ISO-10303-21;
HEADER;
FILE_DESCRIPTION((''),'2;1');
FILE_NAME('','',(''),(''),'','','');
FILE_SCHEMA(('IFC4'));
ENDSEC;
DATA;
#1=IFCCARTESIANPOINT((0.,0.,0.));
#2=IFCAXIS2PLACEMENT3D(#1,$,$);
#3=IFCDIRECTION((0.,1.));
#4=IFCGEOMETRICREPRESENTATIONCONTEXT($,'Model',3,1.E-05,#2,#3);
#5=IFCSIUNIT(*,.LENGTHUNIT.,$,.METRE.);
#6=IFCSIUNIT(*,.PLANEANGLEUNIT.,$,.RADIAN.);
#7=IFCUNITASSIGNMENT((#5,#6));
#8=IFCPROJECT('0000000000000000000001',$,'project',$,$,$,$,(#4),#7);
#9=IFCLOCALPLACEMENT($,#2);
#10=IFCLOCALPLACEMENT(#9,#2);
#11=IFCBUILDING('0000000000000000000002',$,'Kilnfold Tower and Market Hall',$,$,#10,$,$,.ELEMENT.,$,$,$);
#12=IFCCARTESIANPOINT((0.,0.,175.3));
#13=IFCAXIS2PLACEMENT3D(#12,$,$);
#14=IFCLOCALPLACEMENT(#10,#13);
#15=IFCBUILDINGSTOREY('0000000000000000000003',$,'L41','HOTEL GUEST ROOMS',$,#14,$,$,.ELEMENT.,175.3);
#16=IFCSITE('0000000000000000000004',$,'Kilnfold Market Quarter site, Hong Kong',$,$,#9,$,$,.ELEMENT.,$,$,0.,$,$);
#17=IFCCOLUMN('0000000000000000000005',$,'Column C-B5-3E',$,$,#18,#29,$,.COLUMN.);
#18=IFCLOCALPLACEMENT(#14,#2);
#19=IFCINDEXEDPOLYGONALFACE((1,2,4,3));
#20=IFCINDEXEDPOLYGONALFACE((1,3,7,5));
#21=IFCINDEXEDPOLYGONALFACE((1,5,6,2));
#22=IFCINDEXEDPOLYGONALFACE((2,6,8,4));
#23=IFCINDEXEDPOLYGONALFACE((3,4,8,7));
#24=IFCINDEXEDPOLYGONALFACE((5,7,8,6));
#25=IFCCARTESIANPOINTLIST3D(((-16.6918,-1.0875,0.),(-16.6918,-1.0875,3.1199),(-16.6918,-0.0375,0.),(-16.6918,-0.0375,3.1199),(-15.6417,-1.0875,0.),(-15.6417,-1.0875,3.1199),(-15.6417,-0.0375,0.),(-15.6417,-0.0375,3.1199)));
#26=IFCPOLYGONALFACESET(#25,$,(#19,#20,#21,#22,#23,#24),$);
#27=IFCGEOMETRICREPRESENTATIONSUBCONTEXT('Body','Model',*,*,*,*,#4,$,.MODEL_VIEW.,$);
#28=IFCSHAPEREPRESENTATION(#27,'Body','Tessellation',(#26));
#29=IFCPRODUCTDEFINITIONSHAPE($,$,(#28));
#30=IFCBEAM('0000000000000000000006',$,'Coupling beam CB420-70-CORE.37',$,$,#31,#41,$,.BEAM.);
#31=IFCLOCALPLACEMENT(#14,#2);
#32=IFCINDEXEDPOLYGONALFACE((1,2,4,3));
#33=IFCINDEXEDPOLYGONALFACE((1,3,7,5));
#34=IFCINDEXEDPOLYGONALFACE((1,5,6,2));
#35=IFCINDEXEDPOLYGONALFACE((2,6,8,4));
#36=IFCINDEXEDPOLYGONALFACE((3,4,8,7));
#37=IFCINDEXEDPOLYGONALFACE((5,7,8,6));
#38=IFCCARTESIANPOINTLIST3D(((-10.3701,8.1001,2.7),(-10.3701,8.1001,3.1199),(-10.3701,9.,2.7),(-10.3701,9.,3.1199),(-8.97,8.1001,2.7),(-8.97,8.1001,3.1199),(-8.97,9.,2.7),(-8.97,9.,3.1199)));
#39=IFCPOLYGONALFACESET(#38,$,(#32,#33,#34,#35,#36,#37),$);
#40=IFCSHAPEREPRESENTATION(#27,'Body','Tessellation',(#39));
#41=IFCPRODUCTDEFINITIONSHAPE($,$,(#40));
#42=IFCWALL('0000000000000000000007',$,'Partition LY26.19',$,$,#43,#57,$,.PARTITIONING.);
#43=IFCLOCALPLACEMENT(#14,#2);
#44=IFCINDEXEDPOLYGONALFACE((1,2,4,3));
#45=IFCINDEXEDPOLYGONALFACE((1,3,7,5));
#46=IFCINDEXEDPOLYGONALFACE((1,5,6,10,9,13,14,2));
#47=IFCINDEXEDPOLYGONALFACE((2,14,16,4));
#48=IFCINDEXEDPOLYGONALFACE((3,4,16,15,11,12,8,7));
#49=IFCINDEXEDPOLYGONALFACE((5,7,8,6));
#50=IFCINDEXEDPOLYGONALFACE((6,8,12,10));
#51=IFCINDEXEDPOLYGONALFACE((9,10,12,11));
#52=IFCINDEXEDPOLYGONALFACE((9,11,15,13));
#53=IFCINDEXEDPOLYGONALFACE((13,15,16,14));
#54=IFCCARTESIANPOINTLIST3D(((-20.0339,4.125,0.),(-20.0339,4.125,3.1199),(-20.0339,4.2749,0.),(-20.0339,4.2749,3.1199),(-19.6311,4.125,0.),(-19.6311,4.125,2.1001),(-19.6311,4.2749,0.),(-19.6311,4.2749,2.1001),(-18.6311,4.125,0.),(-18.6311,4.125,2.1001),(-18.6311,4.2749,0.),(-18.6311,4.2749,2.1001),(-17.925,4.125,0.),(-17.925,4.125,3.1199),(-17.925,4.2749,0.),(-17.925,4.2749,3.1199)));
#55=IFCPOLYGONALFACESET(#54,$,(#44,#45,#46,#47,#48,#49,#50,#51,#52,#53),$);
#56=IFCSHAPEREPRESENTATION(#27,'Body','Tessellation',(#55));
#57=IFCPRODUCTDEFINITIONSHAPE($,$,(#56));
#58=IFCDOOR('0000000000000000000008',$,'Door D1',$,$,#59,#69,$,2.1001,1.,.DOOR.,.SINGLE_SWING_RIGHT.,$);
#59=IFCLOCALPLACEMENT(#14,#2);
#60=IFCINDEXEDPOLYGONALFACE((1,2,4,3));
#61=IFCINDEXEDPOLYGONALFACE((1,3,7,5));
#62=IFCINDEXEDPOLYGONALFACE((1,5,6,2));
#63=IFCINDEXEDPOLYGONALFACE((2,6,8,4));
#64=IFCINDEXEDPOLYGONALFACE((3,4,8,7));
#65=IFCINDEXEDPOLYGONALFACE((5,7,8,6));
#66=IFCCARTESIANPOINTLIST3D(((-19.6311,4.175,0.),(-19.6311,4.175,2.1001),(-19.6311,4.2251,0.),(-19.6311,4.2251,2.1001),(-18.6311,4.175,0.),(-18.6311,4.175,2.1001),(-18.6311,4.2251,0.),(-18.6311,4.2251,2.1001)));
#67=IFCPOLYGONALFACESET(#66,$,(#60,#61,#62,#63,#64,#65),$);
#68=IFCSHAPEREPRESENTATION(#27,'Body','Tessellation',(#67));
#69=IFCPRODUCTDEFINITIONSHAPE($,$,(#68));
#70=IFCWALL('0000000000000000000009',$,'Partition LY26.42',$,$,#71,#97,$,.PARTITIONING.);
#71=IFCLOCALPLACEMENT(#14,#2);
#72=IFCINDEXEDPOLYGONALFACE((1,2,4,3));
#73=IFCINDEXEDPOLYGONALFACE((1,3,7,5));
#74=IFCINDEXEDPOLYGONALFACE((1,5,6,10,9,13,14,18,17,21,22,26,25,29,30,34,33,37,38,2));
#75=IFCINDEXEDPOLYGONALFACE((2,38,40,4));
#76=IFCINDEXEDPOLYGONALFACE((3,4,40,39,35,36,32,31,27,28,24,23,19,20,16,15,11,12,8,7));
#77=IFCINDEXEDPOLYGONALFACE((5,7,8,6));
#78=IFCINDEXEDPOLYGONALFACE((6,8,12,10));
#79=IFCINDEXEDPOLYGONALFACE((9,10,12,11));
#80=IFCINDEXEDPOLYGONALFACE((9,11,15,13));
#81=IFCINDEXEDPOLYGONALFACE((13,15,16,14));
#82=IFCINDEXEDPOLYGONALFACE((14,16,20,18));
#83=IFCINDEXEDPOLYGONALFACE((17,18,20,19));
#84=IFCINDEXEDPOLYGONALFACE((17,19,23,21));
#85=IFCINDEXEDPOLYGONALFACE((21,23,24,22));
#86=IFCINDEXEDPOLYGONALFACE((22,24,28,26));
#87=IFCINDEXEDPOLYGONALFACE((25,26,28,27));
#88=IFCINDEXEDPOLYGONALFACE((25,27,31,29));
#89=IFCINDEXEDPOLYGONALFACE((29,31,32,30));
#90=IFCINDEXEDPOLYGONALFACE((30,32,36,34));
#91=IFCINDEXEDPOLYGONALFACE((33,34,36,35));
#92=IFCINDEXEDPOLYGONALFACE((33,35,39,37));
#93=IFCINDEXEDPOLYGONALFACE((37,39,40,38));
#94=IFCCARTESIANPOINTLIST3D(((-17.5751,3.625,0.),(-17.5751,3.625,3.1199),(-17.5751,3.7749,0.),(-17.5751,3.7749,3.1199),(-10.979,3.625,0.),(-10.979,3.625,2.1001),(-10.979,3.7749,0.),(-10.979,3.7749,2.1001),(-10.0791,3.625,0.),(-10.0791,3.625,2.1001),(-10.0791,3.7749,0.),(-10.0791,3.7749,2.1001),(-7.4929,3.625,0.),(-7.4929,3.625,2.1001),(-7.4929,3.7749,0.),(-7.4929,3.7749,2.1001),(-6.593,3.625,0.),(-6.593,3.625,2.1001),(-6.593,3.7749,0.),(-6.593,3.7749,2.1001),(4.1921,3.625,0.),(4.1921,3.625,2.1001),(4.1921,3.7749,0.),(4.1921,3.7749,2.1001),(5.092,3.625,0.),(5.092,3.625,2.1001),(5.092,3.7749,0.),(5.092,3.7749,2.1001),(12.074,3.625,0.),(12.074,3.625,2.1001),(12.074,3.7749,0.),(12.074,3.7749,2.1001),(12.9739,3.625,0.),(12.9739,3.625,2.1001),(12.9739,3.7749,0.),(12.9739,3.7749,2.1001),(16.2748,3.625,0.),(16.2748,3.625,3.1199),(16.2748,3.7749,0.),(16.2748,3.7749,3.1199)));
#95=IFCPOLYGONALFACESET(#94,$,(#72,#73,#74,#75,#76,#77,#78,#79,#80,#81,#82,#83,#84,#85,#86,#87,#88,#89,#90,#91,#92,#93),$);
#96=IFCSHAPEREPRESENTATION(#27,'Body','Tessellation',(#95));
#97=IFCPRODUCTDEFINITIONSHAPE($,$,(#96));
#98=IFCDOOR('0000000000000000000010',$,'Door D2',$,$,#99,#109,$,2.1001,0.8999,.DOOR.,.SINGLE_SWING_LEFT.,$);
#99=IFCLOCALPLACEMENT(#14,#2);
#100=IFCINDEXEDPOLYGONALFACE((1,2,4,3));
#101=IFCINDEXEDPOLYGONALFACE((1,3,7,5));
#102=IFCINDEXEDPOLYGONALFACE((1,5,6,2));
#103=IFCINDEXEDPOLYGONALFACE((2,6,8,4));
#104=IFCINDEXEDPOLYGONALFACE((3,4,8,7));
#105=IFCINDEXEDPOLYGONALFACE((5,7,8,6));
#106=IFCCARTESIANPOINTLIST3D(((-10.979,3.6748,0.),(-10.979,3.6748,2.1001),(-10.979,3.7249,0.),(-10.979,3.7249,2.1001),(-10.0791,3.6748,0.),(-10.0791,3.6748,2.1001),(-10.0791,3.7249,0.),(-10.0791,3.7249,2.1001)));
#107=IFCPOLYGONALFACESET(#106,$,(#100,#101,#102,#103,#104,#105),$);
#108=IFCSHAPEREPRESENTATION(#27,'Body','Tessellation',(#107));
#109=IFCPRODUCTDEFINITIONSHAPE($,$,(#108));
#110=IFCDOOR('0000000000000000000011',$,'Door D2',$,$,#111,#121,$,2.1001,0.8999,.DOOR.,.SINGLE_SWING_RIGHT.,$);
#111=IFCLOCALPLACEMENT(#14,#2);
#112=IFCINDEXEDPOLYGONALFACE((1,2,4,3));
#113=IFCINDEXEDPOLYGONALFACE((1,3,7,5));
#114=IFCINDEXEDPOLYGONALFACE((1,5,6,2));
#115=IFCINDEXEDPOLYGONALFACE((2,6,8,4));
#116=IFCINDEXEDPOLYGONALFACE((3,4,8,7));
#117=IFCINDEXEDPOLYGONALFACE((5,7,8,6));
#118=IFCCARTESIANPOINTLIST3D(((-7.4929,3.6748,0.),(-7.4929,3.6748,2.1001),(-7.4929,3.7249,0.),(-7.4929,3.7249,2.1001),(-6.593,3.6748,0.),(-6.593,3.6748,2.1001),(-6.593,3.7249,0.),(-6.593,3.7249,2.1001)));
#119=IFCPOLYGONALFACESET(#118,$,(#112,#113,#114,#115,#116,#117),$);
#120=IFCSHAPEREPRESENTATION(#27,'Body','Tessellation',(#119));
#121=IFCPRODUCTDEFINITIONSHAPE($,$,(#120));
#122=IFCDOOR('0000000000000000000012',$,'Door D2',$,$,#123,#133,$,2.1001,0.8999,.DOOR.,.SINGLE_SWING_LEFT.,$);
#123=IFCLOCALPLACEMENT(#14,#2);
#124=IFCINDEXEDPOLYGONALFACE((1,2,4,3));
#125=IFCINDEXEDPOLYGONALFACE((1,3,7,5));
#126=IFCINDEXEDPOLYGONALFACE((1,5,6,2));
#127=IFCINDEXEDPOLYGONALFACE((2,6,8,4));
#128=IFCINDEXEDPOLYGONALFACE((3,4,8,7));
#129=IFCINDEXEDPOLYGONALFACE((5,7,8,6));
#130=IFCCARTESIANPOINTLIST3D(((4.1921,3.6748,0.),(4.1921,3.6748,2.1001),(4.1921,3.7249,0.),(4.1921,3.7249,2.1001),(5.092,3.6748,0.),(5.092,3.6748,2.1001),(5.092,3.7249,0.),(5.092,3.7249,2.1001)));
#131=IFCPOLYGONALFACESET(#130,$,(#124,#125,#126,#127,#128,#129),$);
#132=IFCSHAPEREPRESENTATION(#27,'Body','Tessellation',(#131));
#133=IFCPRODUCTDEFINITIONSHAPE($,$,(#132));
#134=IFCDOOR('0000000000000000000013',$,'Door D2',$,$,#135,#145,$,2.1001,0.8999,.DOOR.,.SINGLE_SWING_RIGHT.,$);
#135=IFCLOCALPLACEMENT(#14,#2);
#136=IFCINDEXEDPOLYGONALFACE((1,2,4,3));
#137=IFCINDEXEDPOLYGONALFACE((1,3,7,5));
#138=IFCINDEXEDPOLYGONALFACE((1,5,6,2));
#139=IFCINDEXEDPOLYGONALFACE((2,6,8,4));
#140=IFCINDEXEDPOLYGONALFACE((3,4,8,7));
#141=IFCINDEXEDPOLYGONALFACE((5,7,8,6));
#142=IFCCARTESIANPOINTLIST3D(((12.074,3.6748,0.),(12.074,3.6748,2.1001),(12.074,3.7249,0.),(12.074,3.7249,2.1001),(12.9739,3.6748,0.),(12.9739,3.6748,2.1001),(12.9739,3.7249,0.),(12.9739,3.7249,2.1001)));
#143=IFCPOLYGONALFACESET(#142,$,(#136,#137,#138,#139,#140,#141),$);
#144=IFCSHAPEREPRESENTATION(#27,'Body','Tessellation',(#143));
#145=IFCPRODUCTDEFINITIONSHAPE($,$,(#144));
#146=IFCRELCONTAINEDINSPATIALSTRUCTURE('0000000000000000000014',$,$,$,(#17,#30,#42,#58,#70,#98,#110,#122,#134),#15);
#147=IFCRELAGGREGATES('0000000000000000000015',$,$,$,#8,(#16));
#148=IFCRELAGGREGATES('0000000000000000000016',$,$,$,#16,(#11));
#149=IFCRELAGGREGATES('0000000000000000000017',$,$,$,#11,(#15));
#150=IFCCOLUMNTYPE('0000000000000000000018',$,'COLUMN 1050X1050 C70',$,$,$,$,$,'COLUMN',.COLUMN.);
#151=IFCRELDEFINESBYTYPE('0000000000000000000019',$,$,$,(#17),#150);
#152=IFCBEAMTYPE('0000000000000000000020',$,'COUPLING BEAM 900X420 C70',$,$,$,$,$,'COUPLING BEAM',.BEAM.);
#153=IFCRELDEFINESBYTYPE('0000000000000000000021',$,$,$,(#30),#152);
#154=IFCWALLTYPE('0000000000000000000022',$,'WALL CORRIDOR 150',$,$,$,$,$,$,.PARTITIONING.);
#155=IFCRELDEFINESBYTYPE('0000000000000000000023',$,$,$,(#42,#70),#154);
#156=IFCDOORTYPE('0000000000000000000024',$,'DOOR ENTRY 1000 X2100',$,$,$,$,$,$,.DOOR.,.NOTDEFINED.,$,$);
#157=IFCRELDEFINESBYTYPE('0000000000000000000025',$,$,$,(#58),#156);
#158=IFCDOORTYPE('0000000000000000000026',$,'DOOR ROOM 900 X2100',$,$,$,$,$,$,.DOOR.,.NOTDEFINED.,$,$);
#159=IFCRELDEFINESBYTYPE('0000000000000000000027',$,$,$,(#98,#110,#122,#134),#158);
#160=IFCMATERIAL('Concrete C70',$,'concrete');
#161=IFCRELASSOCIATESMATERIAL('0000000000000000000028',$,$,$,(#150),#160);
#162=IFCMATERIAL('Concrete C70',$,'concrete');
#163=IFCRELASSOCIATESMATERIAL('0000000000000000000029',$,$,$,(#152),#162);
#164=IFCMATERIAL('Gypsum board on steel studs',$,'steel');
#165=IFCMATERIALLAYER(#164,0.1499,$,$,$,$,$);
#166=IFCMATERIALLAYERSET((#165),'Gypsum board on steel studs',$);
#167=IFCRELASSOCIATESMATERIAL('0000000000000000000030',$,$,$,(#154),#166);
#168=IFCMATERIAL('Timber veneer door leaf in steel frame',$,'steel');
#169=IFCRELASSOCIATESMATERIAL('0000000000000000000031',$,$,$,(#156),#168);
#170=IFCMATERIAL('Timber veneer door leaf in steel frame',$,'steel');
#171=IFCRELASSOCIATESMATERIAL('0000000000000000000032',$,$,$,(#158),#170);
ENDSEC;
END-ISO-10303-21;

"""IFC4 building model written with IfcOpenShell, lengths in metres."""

from ifc_helpers import new_model, si_unit, direction, frame, frame_2d, origin, origin_2d, place, context, subcontext, project, spatial, rectangle, extrude, source, transform, mapped, material, layer, layer_set, material_profile, profile_set, type_object, element, fill, save


model = new_model("IFC4")

# Units and contexts
model_context = context("Model", 3, precision=1e-05, world=origin(), true_north=direction((0.0, 1.0)))
body_context = subcontext(model_context, "Body", "Model", "MODEL_VIEW")
ifc_project = project(units=[si_unit("LENGTHUNIT", "METRE"), si_unit("PLANEANGLEUNIT", "RADIAN")], contexts=[model_context])

# Site, building, storey
site_placement = place(None, origin())
site = spatial("IfcSite", under=ifc_project, at=site_placement, Name="Kilnfold Market Quarter site, Hong Kong", CompositionType="ELEMENT", RefElevation=0.0)
building_placement = place(site_placement, origin())
building = spatial("IfcBuilding", under=site, at=building_placement, Name="Kilnfold Tower and Market Hall", CompositionType="ELEMENT")
storey_placement = place(building_placement, frame((0.0, 0.0, 175.3)))
storey = spatial("IfcBuildingStorey", under=building, at=storey_placement, Name="L41", Description="HOTEL GUEST ROOMS", CompositionType="ELEMENT", Elevation=175.3)

# Column
ifc_material_1 = material(Name="Concrete C70", Category="concrete")
ifc_material_profile_1 = material_profile(ifc_material_1, rectangle(XDim=1.05, YDim=1.05, at=origin_2d()), Name="RC 1050x1050")
ifc_profile_set_1 = profile_set([ifc_material_profile_1], Name="Concrete C70")
column_type = type_object("IfcColumnType", Name="COLUMN 1050X1050 C70", ElementType="COLUMN", PredefinedType="COLUMN", material=ifc_profile_set_1)
shared_shape_1 = source(origin(), body_context, "Body", "SweptSolid", [
    extrude(rectangle(XDim=1.05, YDim=1.05, at=origin_2d()), origin(), (0.0, 0.0, 1.0), 3.1199),
])
column_placement = place(storey_placement, frame((-16.1667, -0.5625, 0.0), z_axis=(0.0, 0.0, 1.0), x_axis=(1.0, 0.0, 0.0)))
element("IfcColumn", 1, at=column_placement, inside=storey, type_object=column_type, Name="Column C-B5-3E", PredefinedType="COLUMN", context=body_context, shape_type="MappedRepresentation", body=[
    mapped(shared_shape_1, transform((0.0, 0.0, 0.0))),
])

# Beam
ifc_material_2 = material(Name="Concrete C70", Category="concrete")
ifc_material_profile_2 = material_profile(ifc_material_2, rectangle(XDim=0.8999, YDim=0.4199, at=origin_2d()), Name="RC 900x420")
ifc_profile_set_2 = profile_set([ifc_material_profile_2], Name="Concrete C70")
beam_type = type_object("IfcBeamType", Name="COUPLING BEAM 900X420 C70", ElementType="COUPLING BEAM", PredefinedType="BEAM", material=ifc_profile_set_2)
shared_shape_2 = source(origin(), body_context, "Body", "SweptSolid", [
    extrude(rectangle(XDim=0.8999, YDim=0.4199, at=origin_2d()), origin(), (0.0, 0.0, 1.0), 1.4001),
])
beam_placement = place(storey_placement, frame((-10.3701, 8.55, 2.9099), z_axis=(1.0, 0.0, 0.0), x_axis=(0.0, 1.0, 0.0)))
element("IfcBeam", 2, at=beam_placement, inside=storey, type_object=beam_type, Name="Coupling beam CB420-70-CORE.37", PredefinedType="BEAM", context=body_context, shape_type="MappedRepresentation", body=[
    mapped(shared_shape_2, transform((0.0, 0.0, 0.0))),
])

# Wall, opening, door
ifc_material_3 = material(Name="Gypsum board on steel studs", Category="steel")
ifc_layer_1 = layer(ifc_material_3, 0.1499)
ifc_layer_set_1 = layer_set([ifc_layer_1], Name="Gypsum board on steel studs")
wall_type_1 = type_object("IfcWallType", Name="WALL CORRIDOR 150", PredefinedType="PARTITIONING", material=ifc_layer_set_1)
wall_1_placement = place(storey_placement, frame((-17.925, 4.2, 0.0), z_axis=(0.0, 0.0, 1.0), x_axis=(-1.0, 0.0, 0.0)))
wall_1 = element("IfcWall", 3, at=wall_1_placement, inside=storey, type_object=wall_type_1, Name="Partition LY26.19", PredefinedType="PARTITIONING", context=body_context, shape_type="SweptSolid", body=[
    extrude(rectangle(XDim=2.1089, YDim=0.1499, at=frame_2d((1.0544, 0.0))), origin(), (0.0, 0.0, 1.0), 3.1199),
])
opening_1_placement = place(wall_1_placement, frame((0.7061, 0.0, 0.0)))
opening_1 = element("IfcOpeningElement", 4, at=opening_1_placement, cuts=wall_1, PredefinedType="OPENING", context=body_context, shape_type="SweptSolid", body=[
    extrude(rectangle(XDim=1.0, YDim=2.1001, at=frame_2d((0.5, 1.05))), frame((0.0, 0.085, 0.0), z_axis=(0.0, -1.0, 0.0), x_axis=(1.0, 0.0, 0.0)), (0.0, 0.0, 1.0), 0.1699),
])
ifc_material_4 = material(Name="Timber veneer door leaf in steel frame", Category="steel")
door_type_1 = type_object("IfcDoorType", Name="DOOR ENTRY 1000 X2100", OperationType="NOTDEFINED", PredefinedType="DOOR", material=ifc_material_4)
door_1_placement = place(opening_1_placement, origin())
door_1 = element("IfcDoor", 5, at=door_1_placement, inside=storey, type_object=door_type_1, Name="Door D1", OperationType="SINGLE_SWING_RIGHT", OverallHeight=2.1001, OverallWidth=1.0, PredefinedType="DOOR", context=body_context, shape_type="SweptSolid", body=[
    extrude(rectangle(XDim=1.0, YDim=2.1001, at=frame_2d((0.5, 1.05))), frame((0.0, 0.0249, 0.0), z_axis=(0.0, -1.0, 0.0), x_axis=(1.0, 0.0, 0.0)), (0.0, 0.0, 1.0), 0.05),
])
fill(opening_1, door_1)

# Wall, openings, doors
wall_2_placement = place(storey_placement, frame((-17.575, 3.7, 0.0), z_axis=(0.0, 0.0, 1.0), x_axis=(1.0, 0.0, 0.0)))
wall_2 = element("IfcWall", 6, at=wall_2_placement, inside=storey, type_object=wall_type_1, Name="Partition LY26.42", PredefinedType="PARTITIONING", context=body_context, shape_type="SweptSolid", body=[
    extrude(rectangle(XDim=33.8499, YDim=0.1499, at=frame_2d((16.9248, 0.0))), origin(), (0.0, 0.0, 1.0), 3.1199),
])
opening_2_placement = place(wall_2_placement, frame((6.5959, 0.0, 0.0)))
opening_2 = element("IfcOpeningElement", 7, at=opening_2_placement, cuts=wall_2, PredefinedType="OPENING", context=body_context, shape_type="SweptSolid", body=[
    extrude(rectangle(XDim=0.8999, YDim=2.1001, at=frame_2d((0.45, 1.05))), frame((0.0, 0.085, 0.0), z_axis=(0.0, -1.0, 0.0), x_axis=(1.0, 0.0, 0.0)), (0.0, 0.0, 1.0), 0.1699),
])
opening_3_placement = place(wall_2_placement, frame((10.082, 0.0, 0.0)))
opening_3 = element("IfcOpeningElement", 8, at=opening_3_placement, cuts=wall_2, PredefinedType="OPENING", context=body_context, shape_type="SweptSolid", body=[
    extrude(rectangle(XDim=0.8999, YDim=2.1001, at=frame_2d((0.45, 1.05))), frame((0.0, 0.085, 0.0), z_axis=(0.0, -1.0, 0.0), x_axis=(1.0, 0.0, 0.0)), (0.0, 0.0, 1.0), 0.1699),
])
opening_4_placement = place(wall_2_placement, frame((21.7671, 0.0, 0.0)))
opening_4 = element("IfcOpeningElement", 9, at=opening_4_placement, cuts=wall_2, PredefinedType="OPENING", context=body_context, shape_type="SweptSolid", body=[
    extrude(rectangle(XDim=0.8999, YDim=2.1001, at=frame_2d((0.45, 1.05))), frame((0.0, 0.085, 0.0), z_axis=(0.0, -1.0, 0.0), x_axis=(1.0, 0.0, 0.0)), (0.0, 0.0, 1.0), 0.1699),
])
opening_5_placement = place(wall_2_placement, frame((29.6489, 0.0, 0.0)))
opening_5 = element("IfcOpeningElement", 10, at=opening_5_placement, cuts=wall_2, PredefinedType="OPENING", context=body_context, shape_type="SweptSolid", body=[
    extrude(rectangle(XDim=0.8999, YDim=2.1001, at=frame_2d((0.45, 1.05))), frame((0.0, 0.085, 0.0), z_axis=(0.0, -1.0, 0.0), x_axis=(1.0, 0.0, 0.0)), (0.0, 0.0, 1.0), 0.1699),
])
ifc_material_5 = material(Name="Timber veneer door leaf in steel frame", Category="steel")
door_type_2 = type_object("IfcDoorType", Name="DOOR ROOM 900 X2100", OperationType="NOTDEFINED", PredefinedType="DOOR", material=ifc_material_5)
door_2_placement = place(opening_2_placement, origin())
door_2 = element("IfcDoor", 11, at=door_2_placement, inside=storey, type_object=door_type_2, Name="Door D2", OperationType="SINGLE_SWING_LEFT", OverallHeight=2.1001, OverallWidth=0.8999, PredefinedType="DOOR", context=body_context, shape_type="SweptSolid", body=[
    extrude(rectangle(XDim=0.8999, YDim=2.1001, at=frame_2d((0.45, 1.05))), frame((0.0, 0.0249, 0.0), z_axis=(0.0, -1.0, 0.0), x_axis=(1.0, 0.0, 0.0)), (0.0, 0.0, 1.0), 0.05),
])
fill(opening_2, door_2)
door_3_placement = place(opening_3_placement, origin())
door_3 = element("IfcDoor", 12, at=door_3_placement, inside=storey, type_object=door_type_2, Name="Door D2", OperationType="SINGLE_SWING_RIGHT", OverallHeight=2.1001, OverallWidth=0.8999, PredefinedType="DOOR", context=body_context, shape_type="SweptSolid", body=[
    extrude(rectangle(XDim=0.8999, YDim=2.1001, at=frame_2d((0.45, 1.05))), frame((0.0, 0.0249, 0.0), z_axis=(0.0, -1.0, 0.0), x_axis=(1.0, 0.0, 0.0)), (0.0, 0.0, 1.0), 0.05),
])
fill(opening_3, door_3)
door_4_placement = place(opening_4_placement, origin())
door_4 = element("IfcDoor", 13, at=door_4_placement, inside=storey, type_object=door_type_2, Name="Door D2", OperationType="SINGLE_SWING_LEFT", OverallHeight=2.1001, OverallWidth=0.8999, PredefinedType="DOOR", context=body_context, shape_type="SweptSolid", body=[
    extrude(rectangle(XDim=0.8999, YDim=2.1001, at=frame_2d((0.45, 1.05))), frame((0.0, 0.0249, 0.0), z_axis=(0.0, -1.0, 0.0), x_axis=(1.0, 0.0, 0.0)), (0.0, 0.0, 1.0), 0.05),
])
fill(opening_4, door_4)
door_5_placement = place(opening_5_placement, origin())
door_5 = element("IfcDoor", 14, at=door_5_placement, inside=storey, type_object=door_type_2, Name="Door D2", OperationType="SINGLE_SWING_RIGHT", OverallHeight=2.1001, OverallWidth=0.8999, PredefinedType="DOOR", context=body_context, shape_type="SweptSolid", body=[
    extrude(rectangle(XDim=0.8999, YDim=2.1001, at=frame_2d((0.45, 1.05))), frame((0.0, 0.0249, 0.0), z_axis=(0.0, -1.0, 0.0), x_axis=(1.0, 0.0, 0.0)), (0.0, 0.0, 1.0), 0.05),
])
fill(opening_5, door_5)

save(model, "model.ifc")
